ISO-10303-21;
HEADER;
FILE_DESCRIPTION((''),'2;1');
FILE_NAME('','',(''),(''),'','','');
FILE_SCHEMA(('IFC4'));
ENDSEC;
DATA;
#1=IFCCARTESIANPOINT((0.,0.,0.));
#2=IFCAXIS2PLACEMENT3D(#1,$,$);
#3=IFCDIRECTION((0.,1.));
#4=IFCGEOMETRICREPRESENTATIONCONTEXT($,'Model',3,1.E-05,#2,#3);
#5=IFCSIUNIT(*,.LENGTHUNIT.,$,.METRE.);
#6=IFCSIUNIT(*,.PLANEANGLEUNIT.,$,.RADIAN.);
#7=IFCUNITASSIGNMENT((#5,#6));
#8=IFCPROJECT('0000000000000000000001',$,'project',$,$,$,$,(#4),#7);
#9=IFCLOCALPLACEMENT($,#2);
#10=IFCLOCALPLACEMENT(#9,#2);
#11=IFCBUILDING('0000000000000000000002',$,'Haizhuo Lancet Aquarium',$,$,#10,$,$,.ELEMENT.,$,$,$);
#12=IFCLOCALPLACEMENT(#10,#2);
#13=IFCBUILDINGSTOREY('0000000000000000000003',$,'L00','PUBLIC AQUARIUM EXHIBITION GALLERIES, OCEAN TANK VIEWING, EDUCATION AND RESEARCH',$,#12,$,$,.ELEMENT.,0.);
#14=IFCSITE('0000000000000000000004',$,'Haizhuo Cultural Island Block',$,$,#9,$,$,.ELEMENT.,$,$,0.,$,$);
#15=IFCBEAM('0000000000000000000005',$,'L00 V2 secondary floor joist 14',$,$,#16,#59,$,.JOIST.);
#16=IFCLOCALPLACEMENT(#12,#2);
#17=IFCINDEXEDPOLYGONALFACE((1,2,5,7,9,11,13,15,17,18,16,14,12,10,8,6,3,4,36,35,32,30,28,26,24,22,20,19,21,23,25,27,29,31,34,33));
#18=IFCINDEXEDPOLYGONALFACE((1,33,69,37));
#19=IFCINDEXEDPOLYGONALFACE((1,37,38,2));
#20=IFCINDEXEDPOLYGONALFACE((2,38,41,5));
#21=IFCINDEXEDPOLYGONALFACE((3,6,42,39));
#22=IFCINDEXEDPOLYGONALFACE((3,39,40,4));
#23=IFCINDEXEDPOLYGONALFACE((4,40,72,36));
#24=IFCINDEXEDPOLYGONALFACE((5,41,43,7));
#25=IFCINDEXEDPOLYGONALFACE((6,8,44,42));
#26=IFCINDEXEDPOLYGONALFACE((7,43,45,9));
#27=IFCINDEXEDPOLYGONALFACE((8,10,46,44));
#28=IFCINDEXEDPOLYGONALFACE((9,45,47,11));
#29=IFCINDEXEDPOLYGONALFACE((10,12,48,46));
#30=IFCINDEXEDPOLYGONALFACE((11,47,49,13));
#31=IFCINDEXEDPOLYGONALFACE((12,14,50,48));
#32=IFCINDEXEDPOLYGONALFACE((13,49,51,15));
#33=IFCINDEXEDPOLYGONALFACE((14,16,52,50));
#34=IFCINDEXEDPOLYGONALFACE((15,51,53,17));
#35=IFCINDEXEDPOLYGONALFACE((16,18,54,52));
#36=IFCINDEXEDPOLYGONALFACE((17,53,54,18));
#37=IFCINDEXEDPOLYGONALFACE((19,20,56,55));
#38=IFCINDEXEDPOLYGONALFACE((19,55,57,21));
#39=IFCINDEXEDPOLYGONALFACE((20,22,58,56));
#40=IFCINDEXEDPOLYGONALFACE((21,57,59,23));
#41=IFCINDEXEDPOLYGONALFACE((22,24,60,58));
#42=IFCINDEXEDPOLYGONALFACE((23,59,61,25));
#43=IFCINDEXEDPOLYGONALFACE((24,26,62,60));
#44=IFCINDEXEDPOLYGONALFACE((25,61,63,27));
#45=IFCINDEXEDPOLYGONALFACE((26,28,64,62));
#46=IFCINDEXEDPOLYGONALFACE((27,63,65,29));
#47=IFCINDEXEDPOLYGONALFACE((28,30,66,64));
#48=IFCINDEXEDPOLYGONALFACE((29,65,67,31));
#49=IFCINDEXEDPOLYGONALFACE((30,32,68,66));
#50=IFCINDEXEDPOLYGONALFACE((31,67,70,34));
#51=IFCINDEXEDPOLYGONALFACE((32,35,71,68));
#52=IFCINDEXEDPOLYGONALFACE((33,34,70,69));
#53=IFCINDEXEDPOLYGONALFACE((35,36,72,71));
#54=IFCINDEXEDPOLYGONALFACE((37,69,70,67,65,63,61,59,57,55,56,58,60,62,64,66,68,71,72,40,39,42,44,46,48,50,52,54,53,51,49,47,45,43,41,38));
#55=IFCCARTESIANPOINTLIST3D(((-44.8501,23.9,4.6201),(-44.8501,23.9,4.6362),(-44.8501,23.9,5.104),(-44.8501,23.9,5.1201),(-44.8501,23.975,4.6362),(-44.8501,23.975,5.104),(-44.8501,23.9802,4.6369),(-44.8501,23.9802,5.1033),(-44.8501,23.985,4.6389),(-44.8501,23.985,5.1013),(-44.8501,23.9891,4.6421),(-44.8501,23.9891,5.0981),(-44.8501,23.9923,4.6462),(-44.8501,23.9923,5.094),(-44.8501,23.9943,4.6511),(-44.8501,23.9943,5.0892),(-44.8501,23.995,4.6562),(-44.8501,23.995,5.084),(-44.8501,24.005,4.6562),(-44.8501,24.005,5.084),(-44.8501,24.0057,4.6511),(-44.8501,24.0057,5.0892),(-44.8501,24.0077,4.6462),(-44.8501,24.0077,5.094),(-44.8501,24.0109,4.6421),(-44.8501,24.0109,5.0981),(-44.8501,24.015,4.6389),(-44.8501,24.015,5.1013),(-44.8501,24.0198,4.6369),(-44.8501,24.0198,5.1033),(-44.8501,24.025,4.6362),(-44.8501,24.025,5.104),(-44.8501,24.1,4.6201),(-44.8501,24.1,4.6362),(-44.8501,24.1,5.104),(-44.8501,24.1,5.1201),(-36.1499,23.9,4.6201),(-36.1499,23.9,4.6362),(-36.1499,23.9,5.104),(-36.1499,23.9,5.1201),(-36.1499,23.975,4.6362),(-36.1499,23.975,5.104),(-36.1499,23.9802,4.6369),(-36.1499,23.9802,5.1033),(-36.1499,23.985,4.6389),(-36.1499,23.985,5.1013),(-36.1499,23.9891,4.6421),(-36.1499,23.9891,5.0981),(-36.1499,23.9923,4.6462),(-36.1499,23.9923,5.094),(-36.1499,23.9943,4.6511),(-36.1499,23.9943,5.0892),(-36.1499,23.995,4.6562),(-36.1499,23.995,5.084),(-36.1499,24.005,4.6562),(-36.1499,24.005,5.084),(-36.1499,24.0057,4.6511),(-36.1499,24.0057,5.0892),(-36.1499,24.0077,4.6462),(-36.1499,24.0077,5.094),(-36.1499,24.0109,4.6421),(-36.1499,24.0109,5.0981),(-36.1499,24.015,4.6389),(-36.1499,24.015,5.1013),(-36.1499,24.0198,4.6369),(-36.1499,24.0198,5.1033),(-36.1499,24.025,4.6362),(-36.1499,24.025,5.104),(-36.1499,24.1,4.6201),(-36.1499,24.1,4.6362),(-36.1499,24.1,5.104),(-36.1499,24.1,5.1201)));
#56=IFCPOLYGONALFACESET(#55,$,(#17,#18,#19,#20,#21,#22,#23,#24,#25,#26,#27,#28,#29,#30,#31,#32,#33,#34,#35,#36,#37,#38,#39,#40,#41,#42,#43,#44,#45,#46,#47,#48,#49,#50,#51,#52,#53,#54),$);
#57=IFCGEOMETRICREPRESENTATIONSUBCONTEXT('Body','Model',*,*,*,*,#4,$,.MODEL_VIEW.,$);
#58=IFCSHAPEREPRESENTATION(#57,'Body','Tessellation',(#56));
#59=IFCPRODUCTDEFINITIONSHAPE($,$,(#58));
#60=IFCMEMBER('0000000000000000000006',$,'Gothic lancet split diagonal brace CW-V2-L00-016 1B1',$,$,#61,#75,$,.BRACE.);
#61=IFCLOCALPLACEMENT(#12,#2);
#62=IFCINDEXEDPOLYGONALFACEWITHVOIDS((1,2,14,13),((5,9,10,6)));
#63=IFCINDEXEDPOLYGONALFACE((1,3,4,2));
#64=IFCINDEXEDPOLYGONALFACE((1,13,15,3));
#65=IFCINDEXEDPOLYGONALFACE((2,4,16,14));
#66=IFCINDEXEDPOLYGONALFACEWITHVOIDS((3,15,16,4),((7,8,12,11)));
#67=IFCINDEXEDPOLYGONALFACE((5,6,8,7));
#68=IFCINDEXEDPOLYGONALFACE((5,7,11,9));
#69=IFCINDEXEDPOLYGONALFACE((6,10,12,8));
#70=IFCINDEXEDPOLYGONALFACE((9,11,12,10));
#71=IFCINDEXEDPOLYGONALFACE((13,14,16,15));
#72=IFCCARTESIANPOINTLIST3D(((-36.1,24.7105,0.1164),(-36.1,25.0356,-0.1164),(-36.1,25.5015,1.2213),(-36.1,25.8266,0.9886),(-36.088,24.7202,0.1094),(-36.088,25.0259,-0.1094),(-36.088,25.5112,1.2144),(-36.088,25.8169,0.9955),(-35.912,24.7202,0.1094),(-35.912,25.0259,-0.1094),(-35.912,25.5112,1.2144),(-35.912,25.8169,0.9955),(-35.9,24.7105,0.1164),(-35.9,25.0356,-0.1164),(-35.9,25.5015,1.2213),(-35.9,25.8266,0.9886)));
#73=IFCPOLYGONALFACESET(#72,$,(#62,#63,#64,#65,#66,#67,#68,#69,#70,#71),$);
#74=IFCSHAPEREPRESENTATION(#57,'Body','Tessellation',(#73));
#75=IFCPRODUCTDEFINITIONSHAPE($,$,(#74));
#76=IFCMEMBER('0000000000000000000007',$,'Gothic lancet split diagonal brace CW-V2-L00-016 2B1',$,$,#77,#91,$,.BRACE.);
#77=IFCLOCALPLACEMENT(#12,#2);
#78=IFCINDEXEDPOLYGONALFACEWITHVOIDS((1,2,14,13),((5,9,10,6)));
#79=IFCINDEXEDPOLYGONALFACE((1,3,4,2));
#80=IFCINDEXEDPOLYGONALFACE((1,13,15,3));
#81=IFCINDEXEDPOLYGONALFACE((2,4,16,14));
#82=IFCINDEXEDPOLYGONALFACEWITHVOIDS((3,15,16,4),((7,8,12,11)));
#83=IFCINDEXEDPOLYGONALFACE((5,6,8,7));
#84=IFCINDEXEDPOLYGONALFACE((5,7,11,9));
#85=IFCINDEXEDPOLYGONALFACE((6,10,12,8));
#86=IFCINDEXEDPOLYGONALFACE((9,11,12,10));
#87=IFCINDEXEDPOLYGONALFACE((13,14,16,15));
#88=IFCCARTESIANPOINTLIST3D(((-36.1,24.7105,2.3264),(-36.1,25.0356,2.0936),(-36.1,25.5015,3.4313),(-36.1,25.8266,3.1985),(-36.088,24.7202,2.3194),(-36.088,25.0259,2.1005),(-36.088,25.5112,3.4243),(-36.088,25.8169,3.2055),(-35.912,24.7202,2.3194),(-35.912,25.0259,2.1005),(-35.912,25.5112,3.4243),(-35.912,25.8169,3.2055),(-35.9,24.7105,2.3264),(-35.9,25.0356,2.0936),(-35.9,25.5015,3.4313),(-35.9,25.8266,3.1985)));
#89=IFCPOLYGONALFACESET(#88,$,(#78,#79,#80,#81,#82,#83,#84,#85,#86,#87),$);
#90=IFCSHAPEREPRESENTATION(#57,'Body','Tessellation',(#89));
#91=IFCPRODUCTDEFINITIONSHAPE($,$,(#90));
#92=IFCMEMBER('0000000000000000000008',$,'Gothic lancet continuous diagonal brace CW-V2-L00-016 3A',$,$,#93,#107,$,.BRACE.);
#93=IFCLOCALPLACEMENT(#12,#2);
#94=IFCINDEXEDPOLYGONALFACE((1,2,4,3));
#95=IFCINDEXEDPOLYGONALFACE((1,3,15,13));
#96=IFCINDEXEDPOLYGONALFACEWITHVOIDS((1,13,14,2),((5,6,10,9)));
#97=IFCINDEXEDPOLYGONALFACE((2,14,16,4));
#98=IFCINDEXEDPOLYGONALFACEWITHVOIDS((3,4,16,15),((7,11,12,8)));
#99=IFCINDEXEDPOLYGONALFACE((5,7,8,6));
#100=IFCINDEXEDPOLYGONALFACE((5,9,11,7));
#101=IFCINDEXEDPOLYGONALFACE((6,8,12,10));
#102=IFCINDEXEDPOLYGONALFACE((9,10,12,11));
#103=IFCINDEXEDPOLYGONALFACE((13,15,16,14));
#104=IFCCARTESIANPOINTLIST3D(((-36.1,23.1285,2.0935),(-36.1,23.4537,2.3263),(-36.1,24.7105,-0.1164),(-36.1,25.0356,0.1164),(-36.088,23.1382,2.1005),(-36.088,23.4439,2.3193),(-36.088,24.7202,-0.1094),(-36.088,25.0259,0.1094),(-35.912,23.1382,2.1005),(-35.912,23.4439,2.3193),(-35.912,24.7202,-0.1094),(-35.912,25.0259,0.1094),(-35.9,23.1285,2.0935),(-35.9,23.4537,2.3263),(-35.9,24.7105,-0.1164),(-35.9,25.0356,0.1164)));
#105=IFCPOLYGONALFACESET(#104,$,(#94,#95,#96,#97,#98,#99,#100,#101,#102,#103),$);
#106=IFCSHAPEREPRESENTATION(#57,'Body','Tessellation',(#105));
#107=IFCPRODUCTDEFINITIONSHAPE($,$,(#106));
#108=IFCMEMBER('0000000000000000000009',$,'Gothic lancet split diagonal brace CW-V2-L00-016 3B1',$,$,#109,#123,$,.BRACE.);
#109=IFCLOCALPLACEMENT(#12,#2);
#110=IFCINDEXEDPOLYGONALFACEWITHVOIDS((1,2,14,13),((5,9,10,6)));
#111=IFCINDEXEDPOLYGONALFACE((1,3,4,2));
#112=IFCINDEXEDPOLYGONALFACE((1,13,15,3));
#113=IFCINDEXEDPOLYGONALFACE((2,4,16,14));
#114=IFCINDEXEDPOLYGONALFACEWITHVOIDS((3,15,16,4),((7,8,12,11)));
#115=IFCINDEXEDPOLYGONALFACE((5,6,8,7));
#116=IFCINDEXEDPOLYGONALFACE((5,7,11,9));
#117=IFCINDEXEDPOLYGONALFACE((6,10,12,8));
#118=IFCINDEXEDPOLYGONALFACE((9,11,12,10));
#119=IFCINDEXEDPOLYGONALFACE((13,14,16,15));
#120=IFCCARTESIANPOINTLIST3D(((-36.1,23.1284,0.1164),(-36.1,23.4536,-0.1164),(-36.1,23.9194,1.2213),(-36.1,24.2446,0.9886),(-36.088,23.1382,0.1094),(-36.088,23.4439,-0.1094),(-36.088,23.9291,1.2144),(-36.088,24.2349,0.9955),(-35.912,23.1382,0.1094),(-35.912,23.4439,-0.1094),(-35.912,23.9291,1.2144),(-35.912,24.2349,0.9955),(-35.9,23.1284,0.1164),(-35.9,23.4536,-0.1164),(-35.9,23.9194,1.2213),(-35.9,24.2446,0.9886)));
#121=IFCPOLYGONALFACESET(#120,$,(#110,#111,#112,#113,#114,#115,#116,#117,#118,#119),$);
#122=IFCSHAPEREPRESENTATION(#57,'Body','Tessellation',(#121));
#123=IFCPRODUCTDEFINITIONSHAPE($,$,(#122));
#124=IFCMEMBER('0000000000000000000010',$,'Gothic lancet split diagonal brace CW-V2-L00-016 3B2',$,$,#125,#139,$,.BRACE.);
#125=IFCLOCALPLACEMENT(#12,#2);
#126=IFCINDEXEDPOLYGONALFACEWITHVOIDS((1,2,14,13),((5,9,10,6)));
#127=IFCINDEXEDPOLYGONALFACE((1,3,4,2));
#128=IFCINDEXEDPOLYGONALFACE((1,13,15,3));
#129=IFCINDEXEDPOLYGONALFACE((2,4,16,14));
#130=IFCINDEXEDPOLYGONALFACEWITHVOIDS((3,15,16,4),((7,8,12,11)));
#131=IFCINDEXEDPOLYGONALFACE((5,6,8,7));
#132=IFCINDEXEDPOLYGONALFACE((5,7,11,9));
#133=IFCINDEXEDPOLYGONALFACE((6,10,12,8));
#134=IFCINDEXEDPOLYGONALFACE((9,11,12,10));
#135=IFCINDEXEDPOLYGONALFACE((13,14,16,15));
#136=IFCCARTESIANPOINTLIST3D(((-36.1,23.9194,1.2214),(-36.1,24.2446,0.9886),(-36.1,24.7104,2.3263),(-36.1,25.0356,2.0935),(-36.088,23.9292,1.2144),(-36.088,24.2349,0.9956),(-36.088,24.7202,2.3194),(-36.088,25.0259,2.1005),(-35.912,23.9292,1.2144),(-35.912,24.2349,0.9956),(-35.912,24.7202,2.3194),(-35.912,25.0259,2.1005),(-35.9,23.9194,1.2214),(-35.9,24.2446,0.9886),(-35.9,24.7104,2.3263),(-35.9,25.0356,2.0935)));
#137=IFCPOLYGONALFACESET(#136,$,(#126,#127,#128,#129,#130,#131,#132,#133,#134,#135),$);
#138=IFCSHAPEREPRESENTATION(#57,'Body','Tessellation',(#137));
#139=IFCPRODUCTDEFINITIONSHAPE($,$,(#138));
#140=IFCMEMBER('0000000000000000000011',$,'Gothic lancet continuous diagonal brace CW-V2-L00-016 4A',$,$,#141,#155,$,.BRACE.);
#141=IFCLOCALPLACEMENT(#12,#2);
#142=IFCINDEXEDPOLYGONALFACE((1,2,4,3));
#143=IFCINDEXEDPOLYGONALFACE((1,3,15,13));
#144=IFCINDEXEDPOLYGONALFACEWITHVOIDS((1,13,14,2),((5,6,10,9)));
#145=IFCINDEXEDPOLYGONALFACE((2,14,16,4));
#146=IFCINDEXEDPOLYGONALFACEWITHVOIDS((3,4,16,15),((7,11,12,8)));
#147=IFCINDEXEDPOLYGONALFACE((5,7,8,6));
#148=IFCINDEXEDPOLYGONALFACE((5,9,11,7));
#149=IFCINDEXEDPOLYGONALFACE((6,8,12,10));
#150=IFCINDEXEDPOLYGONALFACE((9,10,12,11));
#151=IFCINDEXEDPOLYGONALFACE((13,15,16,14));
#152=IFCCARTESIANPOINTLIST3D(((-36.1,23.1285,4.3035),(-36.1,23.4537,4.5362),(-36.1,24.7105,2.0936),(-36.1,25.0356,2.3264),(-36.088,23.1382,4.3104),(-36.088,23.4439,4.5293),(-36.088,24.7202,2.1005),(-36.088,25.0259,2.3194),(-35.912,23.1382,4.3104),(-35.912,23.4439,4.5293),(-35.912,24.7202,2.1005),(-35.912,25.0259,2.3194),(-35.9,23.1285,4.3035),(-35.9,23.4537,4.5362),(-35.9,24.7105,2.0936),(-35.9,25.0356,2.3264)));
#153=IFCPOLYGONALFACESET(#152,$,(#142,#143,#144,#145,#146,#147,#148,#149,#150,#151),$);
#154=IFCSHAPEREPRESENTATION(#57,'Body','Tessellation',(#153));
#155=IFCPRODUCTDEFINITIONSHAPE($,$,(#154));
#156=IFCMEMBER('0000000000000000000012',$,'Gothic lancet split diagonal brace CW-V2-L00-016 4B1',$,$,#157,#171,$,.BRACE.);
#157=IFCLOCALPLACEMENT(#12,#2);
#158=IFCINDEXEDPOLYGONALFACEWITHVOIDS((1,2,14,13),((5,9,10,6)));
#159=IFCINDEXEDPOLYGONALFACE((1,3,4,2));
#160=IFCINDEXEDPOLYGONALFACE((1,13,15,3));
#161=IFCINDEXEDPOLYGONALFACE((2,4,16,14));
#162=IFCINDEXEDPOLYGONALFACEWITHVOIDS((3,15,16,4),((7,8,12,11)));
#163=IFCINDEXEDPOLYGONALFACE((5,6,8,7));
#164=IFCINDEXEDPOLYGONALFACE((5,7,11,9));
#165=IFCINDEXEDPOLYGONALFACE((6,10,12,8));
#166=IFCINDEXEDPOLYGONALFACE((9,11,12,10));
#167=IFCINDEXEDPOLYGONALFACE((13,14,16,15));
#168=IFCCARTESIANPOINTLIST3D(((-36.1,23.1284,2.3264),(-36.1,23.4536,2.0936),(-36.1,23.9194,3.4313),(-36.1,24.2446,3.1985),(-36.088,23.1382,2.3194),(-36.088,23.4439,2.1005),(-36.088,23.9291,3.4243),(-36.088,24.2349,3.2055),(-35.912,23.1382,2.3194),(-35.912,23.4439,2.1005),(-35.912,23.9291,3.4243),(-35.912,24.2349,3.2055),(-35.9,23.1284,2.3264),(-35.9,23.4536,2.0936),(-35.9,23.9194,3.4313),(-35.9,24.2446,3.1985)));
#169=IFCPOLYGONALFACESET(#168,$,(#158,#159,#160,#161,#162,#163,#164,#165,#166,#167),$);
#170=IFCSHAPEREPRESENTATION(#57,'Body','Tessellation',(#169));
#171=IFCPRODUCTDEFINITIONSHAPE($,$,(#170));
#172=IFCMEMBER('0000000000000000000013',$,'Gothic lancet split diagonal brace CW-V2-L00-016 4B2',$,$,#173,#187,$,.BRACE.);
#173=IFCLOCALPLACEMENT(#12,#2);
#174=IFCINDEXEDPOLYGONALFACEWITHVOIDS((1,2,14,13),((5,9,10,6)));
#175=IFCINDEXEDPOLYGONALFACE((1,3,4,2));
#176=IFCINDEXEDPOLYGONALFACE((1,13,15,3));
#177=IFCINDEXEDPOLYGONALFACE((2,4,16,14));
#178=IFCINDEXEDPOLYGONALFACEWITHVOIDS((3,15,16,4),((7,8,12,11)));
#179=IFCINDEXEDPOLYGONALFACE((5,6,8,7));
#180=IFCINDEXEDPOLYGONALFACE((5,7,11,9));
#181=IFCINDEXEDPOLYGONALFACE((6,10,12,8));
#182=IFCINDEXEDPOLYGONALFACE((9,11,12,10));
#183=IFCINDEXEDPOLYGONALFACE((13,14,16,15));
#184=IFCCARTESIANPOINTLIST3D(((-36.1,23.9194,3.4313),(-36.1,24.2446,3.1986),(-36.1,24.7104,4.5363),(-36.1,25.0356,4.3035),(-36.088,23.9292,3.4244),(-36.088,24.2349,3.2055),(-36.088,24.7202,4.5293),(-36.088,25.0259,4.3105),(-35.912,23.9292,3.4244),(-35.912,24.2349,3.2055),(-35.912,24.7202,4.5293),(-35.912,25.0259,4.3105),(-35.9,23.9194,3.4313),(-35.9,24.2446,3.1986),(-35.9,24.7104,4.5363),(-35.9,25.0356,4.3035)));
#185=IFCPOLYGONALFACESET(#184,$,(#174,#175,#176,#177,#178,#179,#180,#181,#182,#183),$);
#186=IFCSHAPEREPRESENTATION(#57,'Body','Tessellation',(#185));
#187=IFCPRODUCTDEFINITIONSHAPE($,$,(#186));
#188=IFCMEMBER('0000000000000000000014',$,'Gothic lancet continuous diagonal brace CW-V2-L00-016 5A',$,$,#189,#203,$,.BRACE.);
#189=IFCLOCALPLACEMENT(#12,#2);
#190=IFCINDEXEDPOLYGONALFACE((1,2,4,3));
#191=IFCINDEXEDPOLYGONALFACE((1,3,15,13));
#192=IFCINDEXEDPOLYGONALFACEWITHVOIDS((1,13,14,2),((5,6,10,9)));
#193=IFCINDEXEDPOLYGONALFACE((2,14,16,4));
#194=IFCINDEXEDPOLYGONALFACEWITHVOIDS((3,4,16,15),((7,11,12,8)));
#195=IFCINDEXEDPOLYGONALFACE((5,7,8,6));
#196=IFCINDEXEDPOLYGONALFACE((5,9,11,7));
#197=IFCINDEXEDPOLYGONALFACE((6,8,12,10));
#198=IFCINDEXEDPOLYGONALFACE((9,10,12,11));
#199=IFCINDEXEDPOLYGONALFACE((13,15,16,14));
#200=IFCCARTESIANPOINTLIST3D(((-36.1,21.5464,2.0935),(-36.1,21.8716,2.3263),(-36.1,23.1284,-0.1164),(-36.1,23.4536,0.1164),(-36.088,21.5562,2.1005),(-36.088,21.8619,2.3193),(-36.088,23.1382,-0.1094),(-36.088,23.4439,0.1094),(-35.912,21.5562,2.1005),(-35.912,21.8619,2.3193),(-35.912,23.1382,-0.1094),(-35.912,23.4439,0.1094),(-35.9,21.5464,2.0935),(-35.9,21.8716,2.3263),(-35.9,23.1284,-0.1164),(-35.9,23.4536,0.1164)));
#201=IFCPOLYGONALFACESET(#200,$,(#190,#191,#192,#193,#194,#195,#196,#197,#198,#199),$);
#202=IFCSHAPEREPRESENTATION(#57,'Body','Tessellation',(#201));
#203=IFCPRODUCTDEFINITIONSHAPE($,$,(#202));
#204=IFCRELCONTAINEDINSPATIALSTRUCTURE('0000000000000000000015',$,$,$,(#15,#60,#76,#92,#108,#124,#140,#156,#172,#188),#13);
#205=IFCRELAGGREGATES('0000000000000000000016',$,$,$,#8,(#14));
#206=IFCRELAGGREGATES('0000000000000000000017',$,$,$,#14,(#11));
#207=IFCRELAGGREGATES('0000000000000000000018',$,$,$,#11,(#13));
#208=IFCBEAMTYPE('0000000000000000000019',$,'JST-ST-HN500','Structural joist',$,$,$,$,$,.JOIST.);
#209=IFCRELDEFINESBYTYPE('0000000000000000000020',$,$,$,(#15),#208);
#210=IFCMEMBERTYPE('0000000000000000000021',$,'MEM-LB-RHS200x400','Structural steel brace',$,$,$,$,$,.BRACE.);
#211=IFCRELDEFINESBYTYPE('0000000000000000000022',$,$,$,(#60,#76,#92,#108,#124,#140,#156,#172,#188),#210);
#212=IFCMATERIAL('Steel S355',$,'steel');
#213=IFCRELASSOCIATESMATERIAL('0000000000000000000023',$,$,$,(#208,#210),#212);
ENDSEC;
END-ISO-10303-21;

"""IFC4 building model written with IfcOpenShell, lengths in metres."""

from ifc_helpers import new_model, si_unit, direction, frame, origin, origin_2d, place, context, subcontext, project, spatial, hollow_rectangle, i_section, extrude, material, material_profile, profile_set, type_object, element, save


model = new_model("IFC4")

# Units and contexts
model_context = context("Model", 3, precision=1e-05, world=origin(), true_north=direction((0.0, 1.0)))
body_context = subcontext(model_context, "Body", "Model", "MODEL_VIEW")
ifc_project = project(units=[si_unit("LENGTHUNIT", "METRE"), si_unit("PLANEANGLEUNIT", "RADIAN")], contexts=[model_context])

# Site, building, storey
site_placement = place(None, origin())
site = spatial("IfcSite", under=ifc_project, at=site_placement, Name="Haizhuo Cultural Island Block", CompositionType="ELEMENT", RefElevation=0.0)
building_placement = place(site_placement, origin())
building = spatial("IfcBuilding", under=site, at=building_placement, Name="Haizhuo Lancet Aquarium", CompositionType="ELEMENT")
storey_placement = place(building_placement, origin())
storey = spatial("IfcBuildingStorey", under=building, at=storey_placement, Name="L00", Description="PUBLIC AQUARIUM EXHIBITION GALLERIES, OCEAN TANK VIEWING, EDUCATION AND RESEARCH", CompositionType="ELEMENT", Elevation=0.0)

# Beam
ifc_material_1 = material(Name="Steel S355", Category="steel")
ifc_material_profile_1 = material_profile(ifc_material_1, i_section(OverallWidth=0.2, OverallDepth=0.5, WebThickness=0.01, FlangeThickness=0.0161, FilletRadius=0.02, at=origin_2d()), Name="HN 500x200x10x16")
ifc_profile_set_1 = profile_set([ifc_material_profile_1], Name="Steel S355")
beam_type = type_object("IfcBeamType", Name="JST-ST-HN500", Description="Structural joist", PredefinedType="JOIST", material=ifc_profile_set_1)
beam_placement = place(storey_placement, frame((-44.8501, 24.0, 4.8701), z_axis=(1.0, 0.0, 0.0), x_axis=(0.0, 1.0, 0.0)))
element("IfcBeam", 1, at=beam_placement, inside=storey, type_object=beam_type, Name="L00 V2 secondary floor joist 14", PredefinedType="JOIST", context=body_context, shape_type="SweptSolid", body=[
    extrude(i_section(OverallWidth=0.2, OverallDepth=0.5, WebThickness=0.01, FlangeThickness=0.0161, FilletRadius=0.02, at=origin_2d()), origin(), (0.0, 0.0, 1.0), 8.7002),
])

# Members
ifc_material_profile_2 = material_profile(ifc_material_1, hollow_rectangle(XDim=0.2, YDim=0.3999, WallThickness=0.012, at=origin_2d()), Name="RHS 200x400x12")
ifc_profile_set_2 = profile_set([ifc_material_profile_2], Name="Steel S355")
member_type_1 = type_object("IfcMemberType", Name="MEM-LB-RHS200x400", Description="Structural steel brace", PredefinedType="BRACE", material=ifc_profile_set_2)
for number, where, z_axis, x_axis, name in (
    (2, (-36.0, 24.873, 0.0), (0.0, 0.582088, 0.813126), (-1.0, 0.0, 0.0), "Gothic lancet split diagonal brace CW-V2-L00-016 1B1"),
    (3, (-36.0, 24.873, 2.21), (0.0, 0.582088, 0.813126), (-1.0, 0.0, 0.0), "Gothic lancet split diagonal brace CW-V2-L00-016 2B1"),
):
    element("IfcMember", number, at=place(storey_placement, frame(where, z_axis=z_axis, x_axis=x_axis)), inside=storey, type_object=member_type_1, Name=name, PredefinedType="BRACE", context=body_context, shape_type="SweptSolid", body=[
        extrude(hollow_rectangle(XDim=0.2, YDim=0.3999, WallThickness=0.012, at=origin_2d()), origin(), (0.0, 0.0, 1.0), 1.3589),
    ])
member_1_placement = place(storey_placement, frame((-36.0, 24.873, 0.0), z_axis=(0.0, -0.582088, 0.813126), x_axis=(1.0, 0.0, 0.0)))
element("IfcMember", 4, at=member_1_placement, inside=storey, type_object=member_type_1, Name="Gothic lancet continuous diagonal brace CW-V2-L00-016 3A", PredefinedType="BRACE", context=body_context, shape_type="SweptSolid", body=[
    extrude(hollow_rectangle(XDim=0.2, YDim=0.3999, WallThickness=0.012, at=origin_2d()), origin(), (0.0, 0.0, 1.0), 2.7178),
])
for number, where, z_axis, x_axis, name in (
    (5, (-36.0, 23.291, 0.0), (0.0, 0.582088, 0.813126), (-1.0, 0.0, 0.0), "Gothic lancet split diagonal brace CW-V2-L00-016 3B1"),
    (6, (-36.0, 24.082, 1.105), (0.0, 0.582088, 0.813126), (-1.0, 0.0, 0.0), "Gothic lancet split diagonal brace CW-V2-L00-016 3B2"),
):
    element("IfcMember", number, at=place(storey_placement, frame(where, z_axis=z_axis, x_axis=x_axis)), inside=storey, type_object=member_type_1, Name=name, PredefinedType="BRACE", context=body_context, shape_type="SweptSolid", body=[
        extrude(hollow_rectangle(XDim=0.2, YDim=0.3999, WallThickness=0.012, at=origin_2d()), origin(), (0.0, 0.0, 1.0), 1.3589),
    ])
member_2_placement = place(storey_placement, frame((-36.0, 24.873, 2.21), z_axis=(0.0, -0.582088, 0.813126), x_axis=(1.0, 0.0, 0.0)))
element("IfcMember", 7, at=member_2_placement, inside=storey, type_object=member_type_1, Name="Gothic lancet continuous diagonal brace CW-V2-L00-016 4A", PredefinedType="BRACE", context=body_context, shape_type="SweptSolid", body=[
    extrude(hollow_rectangle(XDim=0.2, YDim=0.3999, WallThickness=0.012, at=origin_2d()), origin(), (0.0, 0.0, 1.0), 2.7178),
])
for number, where, z_axis, x_axis, name in (
    (8, (-36.0, 23.291, 2.21), (0.0, 0.582088, 0.813126), (-1.0, 0.0, 0.0), "Gothic lancet split diagonal brace CW-V2-L00-016 4B1"),
    (9, (-36.0, 24.082, 3.3149), (0.0, 0.582088, 0.813126), (-1.0, 0.0, 0.0), "Gothic lancet split diagonal brace CW-V2-L00-016 4B2"),
):
    element("IfcMember", number, at=place(storey_placement, frame(where, z_axis=z_axis, x_axis=x_axis)), inside=storey, type_object=member_type_1, Name=name, PredefinedType="BRACE", context=body_context, shape_type="SweptSolid", body=[
        extrude(hollow_rectangle(XDim=0.2, YDim=0.3999, WallThickness=0.012, at=origin_2d()), origin(), (0.0, 0.0, 1.0), 1.3589),
    ])
member_3_placement = place(storey_placement, frame((-36.0, 23.291, 0.0), z_axis=(0.0, -0.582088, 0.813126), x_axis=(1.0, 0.0, 0.0)))
element("IfcMember", 10, at=member_3_placement, inside=storey, type_object=member_type_1, Name="Gothic lancet continuous diagonal brace CW-V2-L00-016 5A", PredefinedType="BRACE", context=body_context, shape_type="SweptSolid", body=[
    extrude(hollow_rectangle(XDim=0.2, YDim=0.3999, WallThickness=0.012, at=origin_2d()), origin(), (0.0, 0.0, 1.0), 2.7178),
])

save(model, "model.ifc")
